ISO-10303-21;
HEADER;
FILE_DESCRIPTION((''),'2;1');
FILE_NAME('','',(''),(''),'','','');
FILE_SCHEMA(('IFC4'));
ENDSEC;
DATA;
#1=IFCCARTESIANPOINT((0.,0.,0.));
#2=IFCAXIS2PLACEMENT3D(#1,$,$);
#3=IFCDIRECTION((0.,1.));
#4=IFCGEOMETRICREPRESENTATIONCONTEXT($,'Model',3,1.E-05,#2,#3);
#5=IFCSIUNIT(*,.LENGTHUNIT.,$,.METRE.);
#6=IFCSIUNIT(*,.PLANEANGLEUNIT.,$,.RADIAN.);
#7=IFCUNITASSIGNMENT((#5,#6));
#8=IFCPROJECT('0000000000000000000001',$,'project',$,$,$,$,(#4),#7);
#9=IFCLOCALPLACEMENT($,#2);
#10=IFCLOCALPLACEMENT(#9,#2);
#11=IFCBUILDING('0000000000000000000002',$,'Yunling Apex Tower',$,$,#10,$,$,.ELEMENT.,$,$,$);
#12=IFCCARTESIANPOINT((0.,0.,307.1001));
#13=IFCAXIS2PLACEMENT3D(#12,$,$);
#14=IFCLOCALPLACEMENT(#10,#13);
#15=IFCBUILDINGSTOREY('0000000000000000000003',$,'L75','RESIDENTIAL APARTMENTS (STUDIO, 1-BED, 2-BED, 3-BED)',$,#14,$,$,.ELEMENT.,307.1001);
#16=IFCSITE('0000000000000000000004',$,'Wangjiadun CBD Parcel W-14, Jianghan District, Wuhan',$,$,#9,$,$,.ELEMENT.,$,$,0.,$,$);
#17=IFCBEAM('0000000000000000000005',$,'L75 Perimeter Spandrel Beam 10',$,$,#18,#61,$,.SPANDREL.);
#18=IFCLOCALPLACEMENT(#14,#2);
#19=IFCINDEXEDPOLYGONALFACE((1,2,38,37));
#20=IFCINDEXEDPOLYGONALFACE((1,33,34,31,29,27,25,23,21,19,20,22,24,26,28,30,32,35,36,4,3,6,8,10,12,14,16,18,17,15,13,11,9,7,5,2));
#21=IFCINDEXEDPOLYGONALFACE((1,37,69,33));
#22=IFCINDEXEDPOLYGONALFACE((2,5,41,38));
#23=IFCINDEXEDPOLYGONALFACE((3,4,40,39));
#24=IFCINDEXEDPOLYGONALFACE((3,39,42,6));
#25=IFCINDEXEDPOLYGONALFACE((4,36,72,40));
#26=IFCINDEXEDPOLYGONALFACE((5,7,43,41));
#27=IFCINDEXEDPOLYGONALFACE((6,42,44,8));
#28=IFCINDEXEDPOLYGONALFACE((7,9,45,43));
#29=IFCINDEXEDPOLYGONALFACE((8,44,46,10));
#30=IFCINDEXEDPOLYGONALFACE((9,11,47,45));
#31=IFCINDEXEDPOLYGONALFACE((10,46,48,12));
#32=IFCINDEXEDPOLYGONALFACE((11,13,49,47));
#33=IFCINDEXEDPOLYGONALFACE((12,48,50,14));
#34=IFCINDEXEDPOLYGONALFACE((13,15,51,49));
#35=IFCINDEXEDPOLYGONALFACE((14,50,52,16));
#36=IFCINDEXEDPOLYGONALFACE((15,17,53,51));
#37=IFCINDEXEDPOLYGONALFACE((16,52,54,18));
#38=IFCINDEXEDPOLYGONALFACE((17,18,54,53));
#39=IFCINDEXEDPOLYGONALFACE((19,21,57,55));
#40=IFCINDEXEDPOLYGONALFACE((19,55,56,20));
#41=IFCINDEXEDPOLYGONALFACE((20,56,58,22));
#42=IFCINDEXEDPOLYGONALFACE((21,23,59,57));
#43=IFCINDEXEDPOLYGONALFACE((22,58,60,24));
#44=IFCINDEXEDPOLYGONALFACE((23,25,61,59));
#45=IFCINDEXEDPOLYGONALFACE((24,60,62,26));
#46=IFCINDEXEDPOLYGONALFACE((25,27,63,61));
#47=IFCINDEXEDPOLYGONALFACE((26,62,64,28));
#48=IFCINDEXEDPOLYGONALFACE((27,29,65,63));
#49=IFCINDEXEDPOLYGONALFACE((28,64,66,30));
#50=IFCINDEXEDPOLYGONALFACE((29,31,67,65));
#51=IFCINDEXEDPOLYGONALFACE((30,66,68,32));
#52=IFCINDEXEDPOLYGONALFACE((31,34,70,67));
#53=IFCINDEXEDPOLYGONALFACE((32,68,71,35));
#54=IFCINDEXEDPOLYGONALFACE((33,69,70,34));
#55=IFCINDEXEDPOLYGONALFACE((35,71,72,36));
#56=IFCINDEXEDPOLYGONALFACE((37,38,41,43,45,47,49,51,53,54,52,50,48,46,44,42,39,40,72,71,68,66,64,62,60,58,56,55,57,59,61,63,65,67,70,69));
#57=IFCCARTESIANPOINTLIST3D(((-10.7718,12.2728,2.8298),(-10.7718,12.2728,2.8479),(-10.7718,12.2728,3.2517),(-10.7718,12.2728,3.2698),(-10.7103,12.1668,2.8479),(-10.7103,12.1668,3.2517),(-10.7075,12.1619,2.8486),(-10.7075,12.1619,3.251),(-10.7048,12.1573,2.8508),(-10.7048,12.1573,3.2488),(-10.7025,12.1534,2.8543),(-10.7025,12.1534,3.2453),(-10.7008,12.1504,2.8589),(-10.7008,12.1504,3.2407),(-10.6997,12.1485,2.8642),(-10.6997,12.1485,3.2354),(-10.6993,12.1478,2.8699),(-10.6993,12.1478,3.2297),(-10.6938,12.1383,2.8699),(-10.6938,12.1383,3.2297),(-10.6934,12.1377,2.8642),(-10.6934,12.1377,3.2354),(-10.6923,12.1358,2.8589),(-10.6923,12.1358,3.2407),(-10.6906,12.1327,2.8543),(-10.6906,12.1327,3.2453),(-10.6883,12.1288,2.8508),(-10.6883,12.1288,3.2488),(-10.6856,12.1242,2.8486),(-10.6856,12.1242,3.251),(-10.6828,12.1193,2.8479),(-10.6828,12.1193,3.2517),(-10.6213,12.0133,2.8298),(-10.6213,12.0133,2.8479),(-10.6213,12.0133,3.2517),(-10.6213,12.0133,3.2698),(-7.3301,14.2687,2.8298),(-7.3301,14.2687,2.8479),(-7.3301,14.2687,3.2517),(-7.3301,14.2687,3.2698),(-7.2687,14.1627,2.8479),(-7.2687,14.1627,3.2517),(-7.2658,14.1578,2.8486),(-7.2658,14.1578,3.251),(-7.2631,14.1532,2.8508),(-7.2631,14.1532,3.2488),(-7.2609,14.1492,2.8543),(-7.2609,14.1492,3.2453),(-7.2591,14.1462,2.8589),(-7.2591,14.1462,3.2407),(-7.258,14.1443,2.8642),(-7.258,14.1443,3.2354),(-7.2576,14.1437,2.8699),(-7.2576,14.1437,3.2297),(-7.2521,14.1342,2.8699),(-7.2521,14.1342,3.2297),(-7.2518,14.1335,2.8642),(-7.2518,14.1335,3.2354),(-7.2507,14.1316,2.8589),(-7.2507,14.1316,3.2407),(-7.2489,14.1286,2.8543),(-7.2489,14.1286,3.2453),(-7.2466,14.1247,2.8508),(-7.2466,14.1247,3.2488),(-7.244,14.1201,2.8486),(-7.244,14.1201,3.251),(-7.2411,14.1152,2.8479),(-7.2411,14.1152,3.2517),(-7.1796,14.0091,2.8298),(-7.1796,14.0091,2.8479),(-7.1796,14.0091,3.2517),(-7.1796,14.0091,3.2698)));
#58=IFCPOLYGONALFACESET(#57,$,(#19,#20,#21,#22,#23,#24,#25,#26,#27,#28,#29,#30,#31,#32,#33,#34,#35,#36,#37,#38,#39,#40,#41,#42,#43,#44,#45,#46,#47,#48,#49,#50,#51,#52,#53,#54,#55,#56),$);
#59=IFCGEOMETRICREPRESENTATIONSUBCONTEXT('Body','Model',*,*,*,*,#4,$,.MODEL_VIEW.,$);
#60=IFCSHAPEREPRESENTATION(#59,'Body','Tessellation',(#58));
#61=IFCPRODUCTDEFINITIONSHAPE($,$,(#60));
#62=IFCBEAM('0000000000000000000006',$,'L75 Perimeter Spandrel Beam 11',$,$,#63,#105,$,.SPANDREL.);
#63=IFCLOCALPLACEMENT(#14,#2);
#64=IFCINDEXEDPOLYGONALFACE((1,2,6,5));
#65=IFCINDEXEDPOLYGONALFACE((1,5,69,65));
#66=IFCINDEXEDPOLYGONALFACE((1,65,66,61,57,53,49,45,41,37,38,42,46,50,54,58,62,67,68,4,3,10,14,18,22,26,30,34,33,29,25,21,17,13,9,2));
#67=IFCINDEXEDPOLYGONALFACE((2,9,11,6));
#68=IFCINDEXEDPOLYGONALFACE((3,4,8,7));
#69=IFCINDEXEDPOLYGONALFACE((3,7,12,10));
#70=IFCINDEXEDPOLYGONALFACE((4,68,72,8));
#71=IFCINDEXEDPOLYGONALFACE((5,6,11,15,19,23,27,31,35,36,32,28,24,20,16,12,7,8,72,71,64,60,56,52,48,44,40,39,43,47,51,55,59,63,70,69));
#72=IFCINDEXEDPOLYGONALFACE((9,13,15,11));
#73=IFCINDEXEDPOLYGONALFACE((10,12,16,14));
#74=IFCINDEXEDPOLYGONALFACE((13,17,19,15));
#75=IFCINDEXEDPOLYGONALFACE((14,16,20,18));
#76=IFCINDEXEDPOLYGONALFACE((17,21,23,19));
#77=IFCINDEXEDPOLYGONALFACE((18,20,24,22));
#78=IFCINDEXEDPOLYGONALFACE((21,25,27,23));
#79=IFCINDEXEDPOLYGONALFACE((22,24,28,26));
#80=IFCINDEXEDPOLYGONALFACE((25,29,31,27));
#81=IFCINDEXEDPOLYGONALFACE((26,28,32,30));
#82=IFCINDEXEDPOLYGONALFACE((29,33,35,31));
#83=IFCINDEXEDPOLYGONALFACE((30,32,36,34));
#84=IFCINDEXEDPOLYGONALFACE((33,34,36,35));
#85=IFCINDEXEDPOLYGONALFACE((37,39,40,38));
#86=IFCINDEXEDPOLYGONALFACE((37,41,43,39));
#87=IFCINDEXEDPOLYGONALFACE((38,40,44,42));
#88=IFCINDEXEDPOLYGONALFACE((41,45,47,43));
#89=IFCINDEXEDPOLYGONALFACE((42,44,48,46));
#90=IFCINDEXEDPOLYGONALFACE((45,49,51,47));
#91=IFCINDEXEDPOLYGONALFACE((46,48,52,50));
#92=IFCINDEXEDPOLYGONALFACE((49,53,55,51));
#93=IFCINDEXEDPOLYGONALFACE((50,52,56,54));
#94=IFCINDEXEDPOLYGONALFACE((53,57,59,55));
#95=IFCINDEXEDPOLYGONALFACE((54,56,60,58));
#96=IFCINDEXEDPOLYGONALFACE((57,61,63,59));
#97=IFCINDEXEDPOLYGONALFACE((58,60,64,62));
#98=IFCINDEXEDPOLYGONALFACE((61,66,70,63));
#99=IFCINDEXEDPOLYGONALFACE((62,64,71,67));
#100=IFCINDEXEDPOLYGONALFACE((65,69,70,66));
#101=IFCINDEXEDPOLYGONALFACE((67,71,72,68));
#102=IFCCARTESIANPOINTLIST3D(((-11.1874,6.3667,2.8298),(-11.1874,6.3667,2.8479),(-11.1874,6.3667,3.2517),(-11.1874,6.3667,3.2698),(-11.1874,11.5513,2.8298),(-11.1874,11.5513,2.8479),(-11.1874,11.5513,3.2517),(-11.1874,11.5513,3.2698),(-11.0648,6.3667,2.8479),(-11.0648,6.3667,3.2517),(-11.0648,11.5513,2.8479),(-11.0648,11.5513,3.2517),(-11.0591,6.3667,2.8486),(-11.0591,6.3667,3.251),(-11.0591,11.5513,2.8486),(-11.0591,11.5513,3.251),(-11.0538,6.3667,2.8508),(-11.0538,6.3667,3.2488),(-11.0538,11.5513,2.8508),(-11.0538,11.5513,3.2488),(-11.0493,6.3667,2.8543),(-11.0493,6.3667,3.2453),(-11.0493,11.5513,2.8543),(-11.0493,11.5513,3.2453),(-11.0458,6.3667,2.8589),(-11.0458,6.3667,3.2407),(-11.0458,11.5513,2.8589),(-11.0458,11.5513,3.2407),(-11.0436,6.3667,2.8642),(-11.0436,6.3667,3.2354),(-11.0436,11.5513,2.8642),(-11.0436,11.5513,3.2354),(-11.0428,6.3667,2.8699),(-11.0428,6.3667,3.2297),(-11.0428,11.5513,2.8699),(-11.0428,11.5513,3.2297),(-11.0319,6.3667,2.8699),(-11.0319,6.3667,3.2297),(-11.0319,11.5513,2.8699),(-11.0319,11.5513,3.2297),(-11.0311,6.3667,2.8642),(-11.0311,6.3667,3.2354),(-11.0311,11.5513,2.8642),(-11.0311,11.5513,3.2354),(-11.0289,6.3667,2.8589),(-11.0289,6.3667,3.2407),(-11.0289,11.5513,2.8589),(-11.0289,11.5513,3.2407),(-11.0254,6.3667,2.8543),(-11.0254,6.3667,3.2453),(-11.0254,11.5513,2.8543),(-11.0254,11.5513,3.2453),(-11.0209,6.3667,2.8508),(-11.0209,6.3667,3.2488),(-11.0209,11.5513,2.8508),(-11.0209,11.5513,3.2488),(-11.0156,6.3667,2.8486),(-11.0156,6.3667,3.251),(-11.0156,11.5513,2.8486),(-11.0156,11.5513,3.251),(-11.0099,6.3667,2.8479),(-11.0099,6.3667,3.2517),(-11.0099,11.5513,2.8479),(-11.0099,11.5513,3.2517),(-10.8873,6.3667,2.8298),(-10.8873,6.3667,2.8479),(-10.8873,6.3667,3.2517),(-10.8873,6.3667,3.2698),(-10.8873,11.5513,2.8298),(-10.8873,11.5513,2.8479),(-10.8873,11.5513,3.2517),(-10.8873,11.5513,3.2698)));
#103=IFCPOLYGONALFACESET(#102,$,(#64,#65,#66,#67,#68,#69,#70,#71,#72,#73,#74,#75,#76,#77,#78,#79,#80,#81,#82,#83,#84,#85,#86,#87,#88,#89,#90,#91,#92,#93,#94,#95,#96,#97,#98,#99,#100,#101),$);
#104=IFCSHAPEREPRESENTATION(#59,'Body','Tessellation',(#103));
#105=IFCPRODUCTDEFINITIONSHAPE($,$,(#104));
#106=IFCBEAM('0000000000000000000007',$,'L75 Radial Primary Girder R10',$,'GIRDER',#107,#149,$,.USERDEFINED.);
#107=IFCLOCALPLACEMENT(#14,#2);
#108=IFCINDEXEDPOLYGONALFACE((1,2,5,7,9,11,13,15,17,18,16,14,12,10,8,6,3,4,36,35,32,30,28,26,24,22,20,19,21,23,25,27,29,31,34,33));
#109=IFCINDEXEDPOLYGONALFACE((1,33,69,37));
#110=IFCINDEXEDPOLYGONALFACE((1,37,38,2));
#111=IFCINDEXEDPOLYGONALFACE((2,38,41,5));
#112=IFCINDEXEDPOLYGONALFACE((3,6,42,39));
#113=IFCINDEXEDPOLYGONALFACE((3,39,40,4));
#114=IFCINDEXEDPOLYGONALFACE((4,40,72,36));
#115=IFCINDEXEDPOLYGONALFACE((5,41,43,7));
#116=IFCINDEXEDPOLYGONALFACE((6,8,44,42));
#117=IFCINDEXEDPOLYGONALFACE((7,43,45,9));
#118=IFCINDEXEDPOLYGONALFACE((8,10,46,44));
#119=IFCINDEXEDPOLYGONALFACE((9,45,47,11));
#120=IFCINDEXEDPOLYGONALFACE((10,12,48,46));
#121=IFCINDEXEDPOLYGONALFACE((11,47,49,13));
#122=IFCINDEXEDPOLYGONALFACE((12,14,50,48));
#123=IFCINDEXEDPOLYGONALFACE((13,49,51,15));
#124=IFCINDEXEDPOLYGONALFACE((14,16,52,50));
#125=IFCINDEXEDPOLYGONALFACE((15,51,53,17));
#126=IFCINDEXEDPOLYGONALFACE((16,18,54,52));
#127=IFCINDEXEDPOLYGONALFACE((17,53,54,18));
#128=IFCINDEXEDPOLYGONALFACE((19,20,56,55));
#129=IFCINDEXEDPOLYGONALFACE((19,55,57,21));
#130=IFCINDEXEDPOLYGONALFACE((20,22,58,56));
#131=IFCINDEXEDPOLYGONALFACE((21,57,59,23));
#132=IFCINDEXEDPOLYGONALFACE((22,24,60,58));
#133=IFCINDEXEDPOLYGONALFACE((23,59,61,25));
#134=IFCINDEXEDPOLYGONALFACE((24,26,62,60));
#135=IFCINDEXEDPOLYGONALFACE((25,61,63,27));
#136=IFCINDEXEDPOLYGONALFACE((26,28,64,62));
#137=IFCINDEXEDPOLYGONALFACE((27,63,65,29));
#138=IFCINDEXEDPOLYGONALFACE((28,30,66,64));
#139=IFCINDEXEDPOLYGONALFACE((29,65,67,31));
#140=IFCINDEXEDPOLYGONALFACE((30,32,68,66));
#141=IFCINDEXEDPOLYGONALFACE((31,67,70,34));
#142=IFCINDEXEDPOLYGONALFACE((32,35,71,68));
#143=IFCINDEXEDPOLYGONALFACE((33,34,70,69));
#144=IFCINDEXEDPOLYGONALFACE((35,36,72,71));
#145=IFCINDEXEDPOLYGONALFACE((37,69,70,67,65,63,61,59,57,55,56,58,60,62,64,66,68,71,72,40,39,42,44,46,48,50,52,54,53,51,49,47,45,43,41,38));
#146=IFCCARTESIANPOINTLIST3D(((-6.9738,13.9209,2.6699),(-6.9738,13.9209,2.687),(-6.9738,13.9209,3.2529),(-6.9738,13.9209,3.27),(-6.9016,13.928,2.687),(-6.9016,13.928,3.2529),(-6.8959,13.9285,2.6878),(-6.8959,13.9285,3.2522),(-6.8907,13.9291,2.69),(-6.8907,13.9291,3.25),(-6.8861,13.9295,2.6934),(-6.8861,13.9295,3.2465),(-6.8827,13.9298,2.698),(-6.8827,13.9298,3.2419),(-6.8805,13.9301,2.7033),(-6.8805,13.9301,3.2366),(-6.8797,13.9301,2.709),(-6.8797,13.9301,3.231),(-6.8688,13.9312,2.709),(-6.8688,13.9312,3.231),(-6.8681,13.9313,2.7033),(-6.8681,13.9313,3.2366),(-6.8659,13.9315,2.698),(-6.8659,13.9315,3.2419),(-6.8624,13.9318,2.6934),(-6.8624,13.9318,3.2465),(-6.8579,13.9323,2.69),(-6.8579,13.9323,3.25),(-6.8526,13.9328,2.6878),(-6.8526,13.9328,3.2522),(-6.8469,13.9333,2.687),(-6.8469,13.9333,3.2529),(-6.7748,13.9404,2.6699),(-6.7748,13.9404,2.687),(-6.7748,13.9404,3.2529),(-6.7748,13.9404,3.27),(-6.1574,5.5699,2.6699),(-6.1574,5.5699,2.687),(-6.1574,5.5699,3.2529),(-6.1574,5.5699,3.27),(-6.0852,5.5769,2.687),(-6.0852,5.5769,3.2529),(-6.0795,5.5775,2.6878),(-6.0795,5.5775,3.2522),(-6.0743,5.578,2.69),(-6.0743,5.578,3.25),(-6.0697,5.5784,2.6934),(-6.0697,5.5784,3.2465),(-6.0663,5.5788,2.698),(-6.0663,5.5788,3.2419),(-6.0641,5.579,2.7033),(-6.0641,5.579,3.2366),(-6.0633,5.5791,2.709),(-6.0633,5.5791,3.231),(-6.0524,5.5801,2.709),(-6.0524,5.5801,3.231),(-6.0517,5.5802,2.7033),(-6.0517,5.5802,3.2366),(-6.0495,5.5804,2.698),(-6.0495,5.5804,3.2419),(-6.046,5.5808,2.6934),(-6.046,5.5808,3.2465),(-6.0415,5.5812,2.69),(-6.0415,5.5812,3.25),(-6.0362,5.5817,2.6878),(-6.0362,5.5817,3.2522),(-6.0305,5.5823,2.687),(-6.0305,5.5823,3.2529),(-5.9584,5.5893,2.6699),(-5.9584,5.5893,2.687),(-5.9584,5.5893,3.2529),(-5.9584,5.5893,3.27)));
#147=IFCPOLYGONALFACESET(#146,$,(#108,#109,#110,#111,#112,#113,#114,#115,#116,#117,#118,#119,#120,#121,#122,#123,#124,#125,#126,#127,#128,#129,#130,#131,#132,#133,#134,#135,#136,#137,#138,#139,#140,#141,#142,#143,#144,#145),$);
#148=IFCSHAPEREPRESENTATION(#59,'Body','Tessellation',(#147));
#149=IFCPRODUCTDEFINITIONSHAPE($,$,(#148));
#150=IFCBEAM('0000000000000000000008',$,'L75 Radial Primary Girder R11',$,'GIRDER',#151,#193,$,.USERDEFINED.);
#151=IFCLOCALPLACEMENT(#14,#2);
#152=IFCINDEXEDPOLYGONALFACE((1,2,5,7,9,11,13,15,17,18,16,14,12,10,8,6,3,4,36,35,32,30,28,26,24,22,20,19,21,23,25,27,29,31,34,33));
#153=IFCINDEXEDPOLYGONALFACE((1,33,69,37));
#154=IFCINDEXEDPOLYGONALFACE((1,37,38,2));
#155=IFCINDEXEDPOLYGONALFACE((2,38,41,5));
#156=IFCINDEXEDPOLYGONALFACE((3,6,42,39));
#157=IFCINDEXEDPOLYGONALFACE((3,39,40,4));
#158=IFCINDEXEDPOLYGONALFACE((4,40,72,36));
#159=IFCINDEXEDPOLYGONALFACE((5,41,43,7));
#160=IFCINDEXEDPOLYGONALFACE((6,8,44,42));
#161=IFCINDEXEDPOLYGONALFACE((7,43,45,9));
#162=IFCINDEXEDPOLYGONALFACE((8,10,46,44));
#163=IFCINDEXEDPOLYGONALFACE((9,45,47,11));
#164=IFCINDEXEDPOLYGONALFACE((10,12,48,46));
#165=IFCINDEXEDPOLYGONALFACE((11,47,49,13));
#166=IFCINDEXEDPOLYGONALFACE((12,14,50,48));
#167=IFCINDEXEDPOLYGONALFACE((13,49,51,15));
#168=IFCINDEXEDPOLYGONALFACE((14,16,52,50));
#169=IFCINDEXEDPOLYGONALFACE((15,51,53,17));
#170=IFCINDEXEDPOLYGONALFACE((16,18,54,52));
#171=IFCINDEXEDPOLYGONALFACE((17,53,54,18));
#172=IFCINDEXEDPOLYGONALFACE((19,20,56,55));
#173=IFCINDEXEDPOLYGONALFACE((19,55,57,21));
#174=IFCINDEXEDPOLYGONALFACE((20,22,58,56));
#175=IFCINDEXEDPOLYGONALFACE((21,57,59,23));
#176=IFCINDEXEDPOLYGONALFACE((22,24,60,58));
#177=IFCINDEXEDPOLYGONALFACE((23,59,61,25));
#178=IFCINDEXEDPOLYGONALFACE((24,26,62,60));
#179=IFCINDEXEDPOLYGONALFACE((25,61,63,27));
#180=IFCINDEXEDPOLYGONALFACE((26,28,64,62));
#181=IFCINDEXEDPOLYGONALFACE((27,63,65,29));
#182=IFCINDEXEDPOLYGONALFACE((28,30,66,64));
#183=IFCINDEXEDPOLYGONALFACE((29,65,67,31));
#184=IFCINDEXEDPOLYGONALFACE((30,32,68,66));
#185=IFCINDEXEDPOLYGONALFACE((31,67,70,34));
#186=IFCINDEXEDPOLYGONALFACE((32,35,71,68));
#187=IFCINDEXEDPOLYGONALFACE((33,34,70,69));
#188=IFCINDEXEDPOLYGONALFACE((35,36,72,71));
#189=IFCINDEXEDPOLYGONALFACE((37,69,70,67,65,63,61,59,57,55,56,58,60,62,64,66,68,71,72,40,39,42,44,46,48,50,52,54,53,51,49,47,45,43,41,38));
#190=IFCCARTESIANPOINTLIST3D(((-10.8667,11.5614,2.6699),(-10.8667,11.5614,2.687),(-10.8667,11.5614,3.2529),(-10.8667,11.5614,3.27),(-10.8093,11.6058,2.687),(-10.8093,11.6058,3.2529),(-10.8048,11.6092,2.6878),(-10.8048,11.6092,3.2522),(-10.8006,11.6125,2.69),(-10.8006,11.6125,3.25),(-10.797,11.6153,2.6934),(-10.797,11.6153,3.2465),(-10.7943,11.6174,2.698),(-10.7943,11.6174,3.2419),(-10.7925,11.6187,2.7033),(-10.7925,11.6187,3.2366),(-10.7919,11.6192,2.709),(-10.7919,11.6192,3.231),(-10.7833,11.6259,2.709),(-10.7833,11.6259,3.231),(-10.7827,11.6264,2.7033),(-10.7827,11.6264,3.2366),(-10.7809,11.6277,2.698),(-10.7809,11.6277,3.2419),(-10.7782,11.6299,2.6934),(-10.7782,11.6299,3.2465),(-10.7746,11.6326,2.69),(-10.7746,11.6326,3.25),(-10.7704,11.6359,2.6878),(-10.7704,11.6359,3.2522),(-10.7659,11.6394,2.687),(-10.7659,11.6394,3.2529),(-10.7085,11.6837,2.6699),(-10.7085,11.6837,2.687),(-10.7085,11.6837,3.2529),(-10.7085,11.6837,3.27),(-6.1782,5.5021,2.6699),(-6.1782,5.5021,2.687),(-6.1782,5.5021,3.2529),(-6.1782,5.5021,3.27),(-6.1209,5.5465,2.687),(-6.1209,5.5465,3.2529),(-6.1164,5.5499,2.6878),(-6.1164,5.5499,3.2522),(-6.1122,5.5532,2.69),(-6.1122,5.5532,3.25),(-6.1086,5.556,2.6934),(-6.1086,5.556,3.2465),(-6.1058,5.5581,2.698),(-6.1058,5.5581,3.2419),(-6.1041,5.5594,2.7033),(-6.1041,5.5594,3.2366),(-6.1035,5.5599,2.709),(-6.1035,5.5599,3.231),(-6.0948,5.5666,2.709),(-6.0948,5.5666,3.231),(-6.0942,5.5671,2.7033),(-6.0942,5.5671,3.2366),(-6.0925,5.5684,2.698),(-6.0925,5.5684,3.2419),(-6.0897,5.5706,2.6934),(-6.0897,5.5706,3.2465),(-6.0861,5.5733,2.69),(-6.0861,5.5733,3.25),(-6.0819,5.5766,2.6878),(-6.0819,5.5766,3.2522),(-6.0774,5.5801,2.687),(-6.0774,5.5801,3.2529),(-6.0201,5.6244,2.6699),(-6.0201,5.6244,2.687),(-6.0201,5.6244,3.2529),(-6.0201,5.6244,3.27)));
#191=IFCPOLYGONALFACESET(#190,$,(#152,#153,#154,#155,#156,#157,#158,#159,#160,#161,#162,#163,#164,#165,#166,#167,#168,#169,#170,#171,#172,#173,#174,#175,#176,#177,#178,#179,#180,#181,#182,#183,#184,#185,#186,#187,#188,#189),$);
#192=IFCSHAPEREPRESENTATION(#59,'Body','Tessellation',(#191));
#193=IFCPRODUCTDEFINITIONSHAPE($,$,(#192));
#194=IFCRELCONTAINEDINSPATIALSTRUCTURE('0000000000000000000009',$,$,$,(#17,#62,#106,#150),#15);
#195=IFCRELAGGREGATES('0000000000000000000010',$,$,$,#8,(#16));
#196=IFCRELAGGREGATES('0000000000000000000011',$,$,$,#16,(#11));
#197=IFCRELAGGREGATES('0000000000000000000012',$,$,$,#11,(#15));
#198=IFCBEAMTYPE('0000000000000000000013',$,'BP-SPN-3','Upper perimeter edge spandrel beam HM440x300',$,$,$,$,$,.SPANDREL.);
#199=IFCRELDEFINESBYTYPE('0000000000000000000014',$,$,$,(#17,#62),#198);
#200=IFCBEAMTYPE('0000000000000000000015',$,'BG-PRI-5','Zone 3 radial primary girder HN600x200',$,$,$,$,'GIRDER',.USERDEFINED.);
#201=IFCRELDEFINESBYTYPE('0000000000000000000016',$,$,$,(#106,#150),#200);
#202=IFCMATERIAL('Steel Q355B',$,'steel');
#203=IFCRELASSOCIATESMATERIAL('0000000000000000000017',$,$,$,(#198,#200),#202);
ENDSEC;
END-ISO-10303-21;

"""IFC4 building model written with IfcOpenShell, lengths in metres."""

from ifc_helpers import new_model, si_unit, direction, frame, origin, origin_2d, place, context, subcontext, project, spatial, i_section, extrude, source, transform, mapped, material, material_profile, profile_set, type_object, element, save


model = new_model("IFC4")

# Units and contexts
model_context = context("Model", 3, precision=1e-05, world=origin(), true_north=direction((0.0, 1.0)))
body_context = subcontext(model_context, "Body", "Model", "MODEL_VIEW")
ifc_project = project(units=[si_unit("LENGTHUNIT", "METRE"), si_unit("PLANEANGLEUNIT", "RADIAN")], contexts=[model_context])

# Site, building, storey
site_placement = place(None, origin())
site = spatial("IfcSite", under=ifc_project, at=site_placement, Name="Wangjiadun CBD Parcel W-14, Jianghan District, Wuhan", CompositionType="ELEMENT", RefElevation=0.0)
building_placement = place(site_placement, origin())
building = spatial("IfcBuilding", under=site, at=building_placement, Name="Yunling Apex Tower", CompositionType="ELEMENT")
storey_placement = place(building_placement, frame((0.0, 0.0, 307.1001)))
storey = spatial("IfcBuildingStorey", under=building, at=storey_placement, Name="L75", Description="RESIDENTIAL APARTMENTS (STUDIO, 1-BED, 2-BED, 3-BED)", CompositionType="ELEMENT", Elevation=307.1001)

# Shared definitions
ifc_material_1 = material(Name="Steel Q355B", Category="steel")

# Beams
ifc_material_profile_1 = material_profile(ifc_material_1, i_section(OverallWidth=0.3, OverallDepth=0.4399, WebThickness=0.011, FlangeThickness=0.0181, FilletRadius=0.022, at=origin_2d()))
ifc_profile_set_1 = profile_set([ifc_material_profile_1], Name="Steel Q355B")
beam_type_1 = type_object("IfcBeamType", Name="BP-SPN-3", Description="Upper perimeter edge spandrel beam HM440x300", PredefinedType="SPANDREL", material=ifc_profile_set_1)
shared_shape_1 = source(origin(), body_context, "Body", "SweptSolid", [
    extrude(i_section(OverallWidth=0.3, OverallDepth=0.4399, WebThickness=0.011, FlangeThickness=0.0181, FilletRadius=0.022, at=origin_2d()), origin(), (0.0, 0.0, 1.0), 3.9785),
])
beam_1_placement = place(storey_placement, frame((-7.2549, 14.1389, 3.0498), z_axis=(-0.865065, -0.50166, 0.0), x_axis=(0.50166, -0.865065, 0.0)))
element("IfcBeam", 1, at=beam_1_placement, inside=storey, type_object=beam_type_1, Name="L75 Perimeter Spandrel Beam 10", PredefinedType="SPANDREL", context=body_context, shape_type="MappedRepresentation", body=[
    mapped(shared_shape_1, transform((0.0, 0.0, 0.0), scale=1.0)),
])
shared_shape_2 = source(origin(), body_context, "Body", "SweptSolid", [
    extrude(i_section(OverallWidth=0.3, OverallDepth=0.4399, WebThickness=0.011, FlangeThickness=0.0181, FilletRadius=0.022, at=origin_2d()), origin(), (0.0, 0.0, 1.0), 5.1846),
])
beam_2_placement = place(storey_placement, frame((-11.0374, 11.5513, 3.0498), z_axis=(0.0, -1.0, 0.0), x_axis=(1.0, 0.0, 0.0)))
element("IfcBeam", 2, at=beam_2_placement, inside=storey, type_object=beam_type_1, Name="L75 Perimeter Spandrel Beam 11", PredefinedType="SPANDREL", context=body_context, shape_type="MappedRepresentation", body=[
    mapped(shared_shape_2, transform((0.0, 0.0, 0.0), scale=1.0)),
])
ifc_material_profile_2 = material_profile(ifc_material_1, i_section(OverallWidth=0.2, OverallDepth=0.6001, WebThickness=0.011, FlangeThickness=0.0171, FilletRadius=0.022, at=origin_2d()))
ifc_profile_set_2 = profile_set([ifc_material_profile_2], Name="Steel Q355B")
beam_type_2 = type_object("IfcBeamType", Name="BG-PRI-5", Description="Zone 3 radial primary girder HN600x200", ElementType="GIRDER", PredefinedType="USERDEFINED", material=ifc_profile_set_2)
shared_shape_3 = source(origin(), body_context, "Body", "SweptSolid", [
    extrude(i_section(OverallWidth=0.2, OverallDepth=0.6001, WebThickness=0.011, FlangeThickness=0.0171, FilletRadius=0.022, at=origin_2d()), origin(), (0.0, 0.0, 1.0), 8.3909),
])
beam_3_placement = place(storey_placement, frame((-6.8743, 13.9307, 2.97), z_axis=(0.097297, -0.995255, 0.0), x_axis=(0.995255, 0.097297, 0.0)))
element("IfcBeam", 3, at=beam_3_placement, inside=storey, type_object=beam_type_2, Name="L75 Radial Primary Girder R10", ObjectType="GIRDER", PredefinedType="USERDEFINED", context=body_context, shape_type="MappedRepresentation", body=[
    mapped(shared_shape_3, transform((0.0, 0.0, 0.0), scale=1.0)),
])
shared_shape_4 = source(origin(), body_context, "Body", "SweptSolid", [
    extrude(i_section(OverallWidth=0.2, OverallDepth=0.6001, WebThickness=0.011, FlangeThickness=0.0171, FilletRadius=0.022, at=origin_2d()), origin(), (0.0, 0.0, 1.0), 7.6614),
])
beam_4_placement = place(storey_placement, frame((-10.7876, 11.6226, 2.97), z_axis=(0.61196, -0.790889, 0.0), x_axis=(0.790889, 0.61196, 0.0)))
element("IfcBeam", 4, at=beam_4_placement, inside=storey, type_object=beam_type_2, Name="L75 Radial Primary Girder R11", ObjectType="GIRDER", PredefinedType="USERDEFINED", context=body_context, shape_type="MappedRepresentation", body=[
    mapped(shared_shape_4, transform((0.0, 0.0, 0.0), scale=1.0)),
])

save(model, "model.ifc")
